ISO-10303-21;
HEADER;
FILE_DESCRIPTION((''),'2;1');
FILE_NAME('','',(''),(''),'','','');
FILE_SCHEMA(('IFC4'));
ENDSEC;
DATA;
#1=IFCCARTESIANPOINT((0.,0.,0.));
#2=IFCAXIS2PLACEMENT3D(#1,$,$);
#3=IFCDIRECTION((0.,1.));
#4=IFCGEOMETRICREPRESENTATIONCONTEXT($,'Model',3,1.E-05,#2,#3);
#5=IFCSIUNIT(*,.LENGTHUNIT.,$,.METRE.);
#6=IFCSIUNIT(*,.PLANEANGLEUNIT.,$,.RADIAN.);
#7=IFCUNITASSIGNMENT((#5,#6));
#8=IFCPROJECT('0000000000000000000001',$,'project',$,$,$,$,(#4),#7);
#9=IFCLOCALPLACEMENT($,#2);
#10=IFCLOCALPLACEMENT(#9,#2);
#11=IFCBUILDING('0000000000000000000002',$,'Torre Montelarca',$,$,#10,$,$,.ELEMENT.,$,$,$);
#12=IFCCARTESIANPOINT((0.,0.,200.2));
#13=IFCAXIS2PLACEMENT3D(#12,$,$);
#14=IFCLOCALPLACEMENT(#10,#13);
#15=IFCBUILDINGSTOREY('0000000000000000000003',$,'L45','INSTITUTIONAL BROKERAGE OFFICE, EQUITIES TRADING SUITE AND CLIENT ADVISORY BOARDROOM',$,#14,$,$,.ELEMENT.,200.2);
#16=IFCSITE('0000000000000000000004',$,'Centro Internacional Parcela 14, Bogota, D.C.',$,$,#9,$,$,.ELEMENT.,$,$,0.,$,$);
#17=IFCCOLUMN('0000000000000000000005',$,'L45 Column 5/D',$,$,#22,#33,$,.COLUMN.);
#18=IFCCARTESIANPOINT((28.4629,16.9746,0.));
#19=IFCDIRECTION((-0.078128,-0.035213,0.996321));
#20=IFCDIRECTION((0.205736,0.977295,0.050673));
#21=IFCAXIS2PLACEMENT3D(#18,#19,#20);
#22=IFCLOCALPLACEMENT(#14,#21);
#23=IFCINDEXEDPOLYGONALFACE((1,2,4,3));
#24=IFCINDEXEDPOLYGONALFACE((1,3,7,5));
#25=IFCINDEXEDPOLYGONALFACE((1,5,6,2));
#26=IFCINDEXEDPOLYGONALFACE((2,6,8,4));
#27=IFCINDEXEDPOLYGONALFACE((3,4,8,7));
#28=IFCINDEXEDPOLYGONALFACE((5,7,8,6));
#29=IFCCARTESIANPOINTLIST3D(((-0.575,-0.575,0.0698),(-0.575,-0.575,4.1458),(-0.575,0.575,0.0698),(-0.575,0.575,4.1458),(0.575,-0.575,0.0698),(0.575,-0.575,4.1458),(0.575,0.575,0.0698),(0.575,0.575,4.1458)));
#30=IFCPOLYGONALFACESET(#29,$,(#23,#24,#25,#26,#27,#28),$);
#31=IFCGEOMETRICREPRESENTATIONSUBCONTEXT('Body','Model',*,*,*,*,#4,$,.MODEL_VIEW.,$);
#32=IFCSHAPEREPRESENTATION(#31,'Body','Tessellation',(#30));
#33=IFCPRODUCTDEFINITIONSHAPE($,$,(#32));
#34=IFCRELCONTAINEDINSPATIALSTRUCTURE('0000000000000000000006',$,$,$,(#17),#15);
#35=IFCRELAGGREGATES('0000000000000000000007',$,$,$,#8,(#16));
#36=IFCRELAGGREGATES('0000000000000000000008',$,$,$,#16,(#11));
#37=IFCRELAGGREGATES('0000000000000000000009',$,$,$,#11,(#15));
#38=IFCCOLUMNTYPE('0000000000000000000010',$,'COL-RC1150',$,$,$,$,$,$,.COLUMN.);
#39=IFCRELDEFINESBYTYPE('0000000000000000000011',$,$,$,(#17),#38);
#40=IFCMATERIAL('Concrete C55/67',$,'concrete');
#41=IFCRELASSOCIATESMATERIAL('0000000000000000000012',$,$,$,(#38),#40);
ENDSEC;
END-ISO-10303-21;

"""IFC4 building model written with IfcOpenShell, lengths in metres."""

from ifc_helpers import new_model, si_unit, direction, frame, origin, origin_2d, place, context, subcontext, project, spatial, rectangle, extrude, clip, halfspace, material, material_profile, profile_set, type_object, element, save


model = new_model("IFC4")

# Units and contexts
model_context = context("Model", 3, precision=1e-05, world=origin(), true_north=direction((0.0, 1.0)))
body_context = subcontext(model_context, "Body", "Model", "MODEL_VIEW")
ifc_project = project(units=[si_unit("LENGTHUNIT", "METRE"), si_unit("PLANEANGLEUNIT", "RADIAN")], contexts=[model_context])

# Site, building, storey
site_placement = place(None, origin())
site = spatial("IfcSite", under=ifc_project, at=site_placement, Name="Centro Internacional Parcela 14, Bogota, D.C.", CompositionType="ELEMENT", RefElevation=0.0)
building_placement = place(site_placement, origin())
building = spatial("IfcBuilding", under=site, at=building_placement, Name="Torre Montelarca", CompositionType="ELEMENT")
storey_placement = place(building_placement, frame((0.0, 0.0, 200.2)))
storey = spatial("IfcBuildingStorey", under=building, at=storey_placement, Name="L45", Description="INSTITUTIONAL BROKERAGE OFFICE, EQUITIES TRADING SUITE AND CLIENT ADVISORY BOARDROOM", CompositionType="ELEMENT", Elevation=200.2)

# Column
ifc_material_1 = material(Name="Concrete C55/67", Category="concrete")
ifc_material_profile_1 = material_profile(ifc_material_1, rectangle(XDim=1.1499, YDim=1.1499, at=origin_2d()), Name="RC1150X1150", Category="concrete")
ifc_profile_set_1 = profile_set([ifc_material_profile_1], Name="Concrete C55/67")
column_type = type_object("IfcColumnType", Name="COL-RC1150", PredefinedType="COLUMN", material=ifc_profile_set_1)
column_1_placement = place(storey_placement, frame((28.4629, 16.9746, 0.0), z_axis=(-0.078128, -0.035213, 0.996321), x_axis=(0.205736, 0.977295, 0.050673)))
element("IfcColumn", 1, at=column_1_placement, inside=storey, type_object=column_type, Name="L45 Column 5/D", PredefinedType="COLUMN", context=body_context, shape_type="Clipping", body=[
    clip(clip(extrude(rectangle(XDim=1.1499, YDim=1.1499, at=origin_2d()), origin(), (0.0, 0.0, 1.0), 4.2156), halfspace(frame((0.0, 0.0, 0.0698), z_axis=(0.0, 0.0, -1.0), x_axis=(1.0, 0.0, 0.0)), False)), halfspace(frame((0.0, 0.0, 4.1458), z_axis=(0.0, 0.0, 1.0), x_axis=(1.0, 0.0, 0.0)), False)),
])

save(model, "model.ifc")
